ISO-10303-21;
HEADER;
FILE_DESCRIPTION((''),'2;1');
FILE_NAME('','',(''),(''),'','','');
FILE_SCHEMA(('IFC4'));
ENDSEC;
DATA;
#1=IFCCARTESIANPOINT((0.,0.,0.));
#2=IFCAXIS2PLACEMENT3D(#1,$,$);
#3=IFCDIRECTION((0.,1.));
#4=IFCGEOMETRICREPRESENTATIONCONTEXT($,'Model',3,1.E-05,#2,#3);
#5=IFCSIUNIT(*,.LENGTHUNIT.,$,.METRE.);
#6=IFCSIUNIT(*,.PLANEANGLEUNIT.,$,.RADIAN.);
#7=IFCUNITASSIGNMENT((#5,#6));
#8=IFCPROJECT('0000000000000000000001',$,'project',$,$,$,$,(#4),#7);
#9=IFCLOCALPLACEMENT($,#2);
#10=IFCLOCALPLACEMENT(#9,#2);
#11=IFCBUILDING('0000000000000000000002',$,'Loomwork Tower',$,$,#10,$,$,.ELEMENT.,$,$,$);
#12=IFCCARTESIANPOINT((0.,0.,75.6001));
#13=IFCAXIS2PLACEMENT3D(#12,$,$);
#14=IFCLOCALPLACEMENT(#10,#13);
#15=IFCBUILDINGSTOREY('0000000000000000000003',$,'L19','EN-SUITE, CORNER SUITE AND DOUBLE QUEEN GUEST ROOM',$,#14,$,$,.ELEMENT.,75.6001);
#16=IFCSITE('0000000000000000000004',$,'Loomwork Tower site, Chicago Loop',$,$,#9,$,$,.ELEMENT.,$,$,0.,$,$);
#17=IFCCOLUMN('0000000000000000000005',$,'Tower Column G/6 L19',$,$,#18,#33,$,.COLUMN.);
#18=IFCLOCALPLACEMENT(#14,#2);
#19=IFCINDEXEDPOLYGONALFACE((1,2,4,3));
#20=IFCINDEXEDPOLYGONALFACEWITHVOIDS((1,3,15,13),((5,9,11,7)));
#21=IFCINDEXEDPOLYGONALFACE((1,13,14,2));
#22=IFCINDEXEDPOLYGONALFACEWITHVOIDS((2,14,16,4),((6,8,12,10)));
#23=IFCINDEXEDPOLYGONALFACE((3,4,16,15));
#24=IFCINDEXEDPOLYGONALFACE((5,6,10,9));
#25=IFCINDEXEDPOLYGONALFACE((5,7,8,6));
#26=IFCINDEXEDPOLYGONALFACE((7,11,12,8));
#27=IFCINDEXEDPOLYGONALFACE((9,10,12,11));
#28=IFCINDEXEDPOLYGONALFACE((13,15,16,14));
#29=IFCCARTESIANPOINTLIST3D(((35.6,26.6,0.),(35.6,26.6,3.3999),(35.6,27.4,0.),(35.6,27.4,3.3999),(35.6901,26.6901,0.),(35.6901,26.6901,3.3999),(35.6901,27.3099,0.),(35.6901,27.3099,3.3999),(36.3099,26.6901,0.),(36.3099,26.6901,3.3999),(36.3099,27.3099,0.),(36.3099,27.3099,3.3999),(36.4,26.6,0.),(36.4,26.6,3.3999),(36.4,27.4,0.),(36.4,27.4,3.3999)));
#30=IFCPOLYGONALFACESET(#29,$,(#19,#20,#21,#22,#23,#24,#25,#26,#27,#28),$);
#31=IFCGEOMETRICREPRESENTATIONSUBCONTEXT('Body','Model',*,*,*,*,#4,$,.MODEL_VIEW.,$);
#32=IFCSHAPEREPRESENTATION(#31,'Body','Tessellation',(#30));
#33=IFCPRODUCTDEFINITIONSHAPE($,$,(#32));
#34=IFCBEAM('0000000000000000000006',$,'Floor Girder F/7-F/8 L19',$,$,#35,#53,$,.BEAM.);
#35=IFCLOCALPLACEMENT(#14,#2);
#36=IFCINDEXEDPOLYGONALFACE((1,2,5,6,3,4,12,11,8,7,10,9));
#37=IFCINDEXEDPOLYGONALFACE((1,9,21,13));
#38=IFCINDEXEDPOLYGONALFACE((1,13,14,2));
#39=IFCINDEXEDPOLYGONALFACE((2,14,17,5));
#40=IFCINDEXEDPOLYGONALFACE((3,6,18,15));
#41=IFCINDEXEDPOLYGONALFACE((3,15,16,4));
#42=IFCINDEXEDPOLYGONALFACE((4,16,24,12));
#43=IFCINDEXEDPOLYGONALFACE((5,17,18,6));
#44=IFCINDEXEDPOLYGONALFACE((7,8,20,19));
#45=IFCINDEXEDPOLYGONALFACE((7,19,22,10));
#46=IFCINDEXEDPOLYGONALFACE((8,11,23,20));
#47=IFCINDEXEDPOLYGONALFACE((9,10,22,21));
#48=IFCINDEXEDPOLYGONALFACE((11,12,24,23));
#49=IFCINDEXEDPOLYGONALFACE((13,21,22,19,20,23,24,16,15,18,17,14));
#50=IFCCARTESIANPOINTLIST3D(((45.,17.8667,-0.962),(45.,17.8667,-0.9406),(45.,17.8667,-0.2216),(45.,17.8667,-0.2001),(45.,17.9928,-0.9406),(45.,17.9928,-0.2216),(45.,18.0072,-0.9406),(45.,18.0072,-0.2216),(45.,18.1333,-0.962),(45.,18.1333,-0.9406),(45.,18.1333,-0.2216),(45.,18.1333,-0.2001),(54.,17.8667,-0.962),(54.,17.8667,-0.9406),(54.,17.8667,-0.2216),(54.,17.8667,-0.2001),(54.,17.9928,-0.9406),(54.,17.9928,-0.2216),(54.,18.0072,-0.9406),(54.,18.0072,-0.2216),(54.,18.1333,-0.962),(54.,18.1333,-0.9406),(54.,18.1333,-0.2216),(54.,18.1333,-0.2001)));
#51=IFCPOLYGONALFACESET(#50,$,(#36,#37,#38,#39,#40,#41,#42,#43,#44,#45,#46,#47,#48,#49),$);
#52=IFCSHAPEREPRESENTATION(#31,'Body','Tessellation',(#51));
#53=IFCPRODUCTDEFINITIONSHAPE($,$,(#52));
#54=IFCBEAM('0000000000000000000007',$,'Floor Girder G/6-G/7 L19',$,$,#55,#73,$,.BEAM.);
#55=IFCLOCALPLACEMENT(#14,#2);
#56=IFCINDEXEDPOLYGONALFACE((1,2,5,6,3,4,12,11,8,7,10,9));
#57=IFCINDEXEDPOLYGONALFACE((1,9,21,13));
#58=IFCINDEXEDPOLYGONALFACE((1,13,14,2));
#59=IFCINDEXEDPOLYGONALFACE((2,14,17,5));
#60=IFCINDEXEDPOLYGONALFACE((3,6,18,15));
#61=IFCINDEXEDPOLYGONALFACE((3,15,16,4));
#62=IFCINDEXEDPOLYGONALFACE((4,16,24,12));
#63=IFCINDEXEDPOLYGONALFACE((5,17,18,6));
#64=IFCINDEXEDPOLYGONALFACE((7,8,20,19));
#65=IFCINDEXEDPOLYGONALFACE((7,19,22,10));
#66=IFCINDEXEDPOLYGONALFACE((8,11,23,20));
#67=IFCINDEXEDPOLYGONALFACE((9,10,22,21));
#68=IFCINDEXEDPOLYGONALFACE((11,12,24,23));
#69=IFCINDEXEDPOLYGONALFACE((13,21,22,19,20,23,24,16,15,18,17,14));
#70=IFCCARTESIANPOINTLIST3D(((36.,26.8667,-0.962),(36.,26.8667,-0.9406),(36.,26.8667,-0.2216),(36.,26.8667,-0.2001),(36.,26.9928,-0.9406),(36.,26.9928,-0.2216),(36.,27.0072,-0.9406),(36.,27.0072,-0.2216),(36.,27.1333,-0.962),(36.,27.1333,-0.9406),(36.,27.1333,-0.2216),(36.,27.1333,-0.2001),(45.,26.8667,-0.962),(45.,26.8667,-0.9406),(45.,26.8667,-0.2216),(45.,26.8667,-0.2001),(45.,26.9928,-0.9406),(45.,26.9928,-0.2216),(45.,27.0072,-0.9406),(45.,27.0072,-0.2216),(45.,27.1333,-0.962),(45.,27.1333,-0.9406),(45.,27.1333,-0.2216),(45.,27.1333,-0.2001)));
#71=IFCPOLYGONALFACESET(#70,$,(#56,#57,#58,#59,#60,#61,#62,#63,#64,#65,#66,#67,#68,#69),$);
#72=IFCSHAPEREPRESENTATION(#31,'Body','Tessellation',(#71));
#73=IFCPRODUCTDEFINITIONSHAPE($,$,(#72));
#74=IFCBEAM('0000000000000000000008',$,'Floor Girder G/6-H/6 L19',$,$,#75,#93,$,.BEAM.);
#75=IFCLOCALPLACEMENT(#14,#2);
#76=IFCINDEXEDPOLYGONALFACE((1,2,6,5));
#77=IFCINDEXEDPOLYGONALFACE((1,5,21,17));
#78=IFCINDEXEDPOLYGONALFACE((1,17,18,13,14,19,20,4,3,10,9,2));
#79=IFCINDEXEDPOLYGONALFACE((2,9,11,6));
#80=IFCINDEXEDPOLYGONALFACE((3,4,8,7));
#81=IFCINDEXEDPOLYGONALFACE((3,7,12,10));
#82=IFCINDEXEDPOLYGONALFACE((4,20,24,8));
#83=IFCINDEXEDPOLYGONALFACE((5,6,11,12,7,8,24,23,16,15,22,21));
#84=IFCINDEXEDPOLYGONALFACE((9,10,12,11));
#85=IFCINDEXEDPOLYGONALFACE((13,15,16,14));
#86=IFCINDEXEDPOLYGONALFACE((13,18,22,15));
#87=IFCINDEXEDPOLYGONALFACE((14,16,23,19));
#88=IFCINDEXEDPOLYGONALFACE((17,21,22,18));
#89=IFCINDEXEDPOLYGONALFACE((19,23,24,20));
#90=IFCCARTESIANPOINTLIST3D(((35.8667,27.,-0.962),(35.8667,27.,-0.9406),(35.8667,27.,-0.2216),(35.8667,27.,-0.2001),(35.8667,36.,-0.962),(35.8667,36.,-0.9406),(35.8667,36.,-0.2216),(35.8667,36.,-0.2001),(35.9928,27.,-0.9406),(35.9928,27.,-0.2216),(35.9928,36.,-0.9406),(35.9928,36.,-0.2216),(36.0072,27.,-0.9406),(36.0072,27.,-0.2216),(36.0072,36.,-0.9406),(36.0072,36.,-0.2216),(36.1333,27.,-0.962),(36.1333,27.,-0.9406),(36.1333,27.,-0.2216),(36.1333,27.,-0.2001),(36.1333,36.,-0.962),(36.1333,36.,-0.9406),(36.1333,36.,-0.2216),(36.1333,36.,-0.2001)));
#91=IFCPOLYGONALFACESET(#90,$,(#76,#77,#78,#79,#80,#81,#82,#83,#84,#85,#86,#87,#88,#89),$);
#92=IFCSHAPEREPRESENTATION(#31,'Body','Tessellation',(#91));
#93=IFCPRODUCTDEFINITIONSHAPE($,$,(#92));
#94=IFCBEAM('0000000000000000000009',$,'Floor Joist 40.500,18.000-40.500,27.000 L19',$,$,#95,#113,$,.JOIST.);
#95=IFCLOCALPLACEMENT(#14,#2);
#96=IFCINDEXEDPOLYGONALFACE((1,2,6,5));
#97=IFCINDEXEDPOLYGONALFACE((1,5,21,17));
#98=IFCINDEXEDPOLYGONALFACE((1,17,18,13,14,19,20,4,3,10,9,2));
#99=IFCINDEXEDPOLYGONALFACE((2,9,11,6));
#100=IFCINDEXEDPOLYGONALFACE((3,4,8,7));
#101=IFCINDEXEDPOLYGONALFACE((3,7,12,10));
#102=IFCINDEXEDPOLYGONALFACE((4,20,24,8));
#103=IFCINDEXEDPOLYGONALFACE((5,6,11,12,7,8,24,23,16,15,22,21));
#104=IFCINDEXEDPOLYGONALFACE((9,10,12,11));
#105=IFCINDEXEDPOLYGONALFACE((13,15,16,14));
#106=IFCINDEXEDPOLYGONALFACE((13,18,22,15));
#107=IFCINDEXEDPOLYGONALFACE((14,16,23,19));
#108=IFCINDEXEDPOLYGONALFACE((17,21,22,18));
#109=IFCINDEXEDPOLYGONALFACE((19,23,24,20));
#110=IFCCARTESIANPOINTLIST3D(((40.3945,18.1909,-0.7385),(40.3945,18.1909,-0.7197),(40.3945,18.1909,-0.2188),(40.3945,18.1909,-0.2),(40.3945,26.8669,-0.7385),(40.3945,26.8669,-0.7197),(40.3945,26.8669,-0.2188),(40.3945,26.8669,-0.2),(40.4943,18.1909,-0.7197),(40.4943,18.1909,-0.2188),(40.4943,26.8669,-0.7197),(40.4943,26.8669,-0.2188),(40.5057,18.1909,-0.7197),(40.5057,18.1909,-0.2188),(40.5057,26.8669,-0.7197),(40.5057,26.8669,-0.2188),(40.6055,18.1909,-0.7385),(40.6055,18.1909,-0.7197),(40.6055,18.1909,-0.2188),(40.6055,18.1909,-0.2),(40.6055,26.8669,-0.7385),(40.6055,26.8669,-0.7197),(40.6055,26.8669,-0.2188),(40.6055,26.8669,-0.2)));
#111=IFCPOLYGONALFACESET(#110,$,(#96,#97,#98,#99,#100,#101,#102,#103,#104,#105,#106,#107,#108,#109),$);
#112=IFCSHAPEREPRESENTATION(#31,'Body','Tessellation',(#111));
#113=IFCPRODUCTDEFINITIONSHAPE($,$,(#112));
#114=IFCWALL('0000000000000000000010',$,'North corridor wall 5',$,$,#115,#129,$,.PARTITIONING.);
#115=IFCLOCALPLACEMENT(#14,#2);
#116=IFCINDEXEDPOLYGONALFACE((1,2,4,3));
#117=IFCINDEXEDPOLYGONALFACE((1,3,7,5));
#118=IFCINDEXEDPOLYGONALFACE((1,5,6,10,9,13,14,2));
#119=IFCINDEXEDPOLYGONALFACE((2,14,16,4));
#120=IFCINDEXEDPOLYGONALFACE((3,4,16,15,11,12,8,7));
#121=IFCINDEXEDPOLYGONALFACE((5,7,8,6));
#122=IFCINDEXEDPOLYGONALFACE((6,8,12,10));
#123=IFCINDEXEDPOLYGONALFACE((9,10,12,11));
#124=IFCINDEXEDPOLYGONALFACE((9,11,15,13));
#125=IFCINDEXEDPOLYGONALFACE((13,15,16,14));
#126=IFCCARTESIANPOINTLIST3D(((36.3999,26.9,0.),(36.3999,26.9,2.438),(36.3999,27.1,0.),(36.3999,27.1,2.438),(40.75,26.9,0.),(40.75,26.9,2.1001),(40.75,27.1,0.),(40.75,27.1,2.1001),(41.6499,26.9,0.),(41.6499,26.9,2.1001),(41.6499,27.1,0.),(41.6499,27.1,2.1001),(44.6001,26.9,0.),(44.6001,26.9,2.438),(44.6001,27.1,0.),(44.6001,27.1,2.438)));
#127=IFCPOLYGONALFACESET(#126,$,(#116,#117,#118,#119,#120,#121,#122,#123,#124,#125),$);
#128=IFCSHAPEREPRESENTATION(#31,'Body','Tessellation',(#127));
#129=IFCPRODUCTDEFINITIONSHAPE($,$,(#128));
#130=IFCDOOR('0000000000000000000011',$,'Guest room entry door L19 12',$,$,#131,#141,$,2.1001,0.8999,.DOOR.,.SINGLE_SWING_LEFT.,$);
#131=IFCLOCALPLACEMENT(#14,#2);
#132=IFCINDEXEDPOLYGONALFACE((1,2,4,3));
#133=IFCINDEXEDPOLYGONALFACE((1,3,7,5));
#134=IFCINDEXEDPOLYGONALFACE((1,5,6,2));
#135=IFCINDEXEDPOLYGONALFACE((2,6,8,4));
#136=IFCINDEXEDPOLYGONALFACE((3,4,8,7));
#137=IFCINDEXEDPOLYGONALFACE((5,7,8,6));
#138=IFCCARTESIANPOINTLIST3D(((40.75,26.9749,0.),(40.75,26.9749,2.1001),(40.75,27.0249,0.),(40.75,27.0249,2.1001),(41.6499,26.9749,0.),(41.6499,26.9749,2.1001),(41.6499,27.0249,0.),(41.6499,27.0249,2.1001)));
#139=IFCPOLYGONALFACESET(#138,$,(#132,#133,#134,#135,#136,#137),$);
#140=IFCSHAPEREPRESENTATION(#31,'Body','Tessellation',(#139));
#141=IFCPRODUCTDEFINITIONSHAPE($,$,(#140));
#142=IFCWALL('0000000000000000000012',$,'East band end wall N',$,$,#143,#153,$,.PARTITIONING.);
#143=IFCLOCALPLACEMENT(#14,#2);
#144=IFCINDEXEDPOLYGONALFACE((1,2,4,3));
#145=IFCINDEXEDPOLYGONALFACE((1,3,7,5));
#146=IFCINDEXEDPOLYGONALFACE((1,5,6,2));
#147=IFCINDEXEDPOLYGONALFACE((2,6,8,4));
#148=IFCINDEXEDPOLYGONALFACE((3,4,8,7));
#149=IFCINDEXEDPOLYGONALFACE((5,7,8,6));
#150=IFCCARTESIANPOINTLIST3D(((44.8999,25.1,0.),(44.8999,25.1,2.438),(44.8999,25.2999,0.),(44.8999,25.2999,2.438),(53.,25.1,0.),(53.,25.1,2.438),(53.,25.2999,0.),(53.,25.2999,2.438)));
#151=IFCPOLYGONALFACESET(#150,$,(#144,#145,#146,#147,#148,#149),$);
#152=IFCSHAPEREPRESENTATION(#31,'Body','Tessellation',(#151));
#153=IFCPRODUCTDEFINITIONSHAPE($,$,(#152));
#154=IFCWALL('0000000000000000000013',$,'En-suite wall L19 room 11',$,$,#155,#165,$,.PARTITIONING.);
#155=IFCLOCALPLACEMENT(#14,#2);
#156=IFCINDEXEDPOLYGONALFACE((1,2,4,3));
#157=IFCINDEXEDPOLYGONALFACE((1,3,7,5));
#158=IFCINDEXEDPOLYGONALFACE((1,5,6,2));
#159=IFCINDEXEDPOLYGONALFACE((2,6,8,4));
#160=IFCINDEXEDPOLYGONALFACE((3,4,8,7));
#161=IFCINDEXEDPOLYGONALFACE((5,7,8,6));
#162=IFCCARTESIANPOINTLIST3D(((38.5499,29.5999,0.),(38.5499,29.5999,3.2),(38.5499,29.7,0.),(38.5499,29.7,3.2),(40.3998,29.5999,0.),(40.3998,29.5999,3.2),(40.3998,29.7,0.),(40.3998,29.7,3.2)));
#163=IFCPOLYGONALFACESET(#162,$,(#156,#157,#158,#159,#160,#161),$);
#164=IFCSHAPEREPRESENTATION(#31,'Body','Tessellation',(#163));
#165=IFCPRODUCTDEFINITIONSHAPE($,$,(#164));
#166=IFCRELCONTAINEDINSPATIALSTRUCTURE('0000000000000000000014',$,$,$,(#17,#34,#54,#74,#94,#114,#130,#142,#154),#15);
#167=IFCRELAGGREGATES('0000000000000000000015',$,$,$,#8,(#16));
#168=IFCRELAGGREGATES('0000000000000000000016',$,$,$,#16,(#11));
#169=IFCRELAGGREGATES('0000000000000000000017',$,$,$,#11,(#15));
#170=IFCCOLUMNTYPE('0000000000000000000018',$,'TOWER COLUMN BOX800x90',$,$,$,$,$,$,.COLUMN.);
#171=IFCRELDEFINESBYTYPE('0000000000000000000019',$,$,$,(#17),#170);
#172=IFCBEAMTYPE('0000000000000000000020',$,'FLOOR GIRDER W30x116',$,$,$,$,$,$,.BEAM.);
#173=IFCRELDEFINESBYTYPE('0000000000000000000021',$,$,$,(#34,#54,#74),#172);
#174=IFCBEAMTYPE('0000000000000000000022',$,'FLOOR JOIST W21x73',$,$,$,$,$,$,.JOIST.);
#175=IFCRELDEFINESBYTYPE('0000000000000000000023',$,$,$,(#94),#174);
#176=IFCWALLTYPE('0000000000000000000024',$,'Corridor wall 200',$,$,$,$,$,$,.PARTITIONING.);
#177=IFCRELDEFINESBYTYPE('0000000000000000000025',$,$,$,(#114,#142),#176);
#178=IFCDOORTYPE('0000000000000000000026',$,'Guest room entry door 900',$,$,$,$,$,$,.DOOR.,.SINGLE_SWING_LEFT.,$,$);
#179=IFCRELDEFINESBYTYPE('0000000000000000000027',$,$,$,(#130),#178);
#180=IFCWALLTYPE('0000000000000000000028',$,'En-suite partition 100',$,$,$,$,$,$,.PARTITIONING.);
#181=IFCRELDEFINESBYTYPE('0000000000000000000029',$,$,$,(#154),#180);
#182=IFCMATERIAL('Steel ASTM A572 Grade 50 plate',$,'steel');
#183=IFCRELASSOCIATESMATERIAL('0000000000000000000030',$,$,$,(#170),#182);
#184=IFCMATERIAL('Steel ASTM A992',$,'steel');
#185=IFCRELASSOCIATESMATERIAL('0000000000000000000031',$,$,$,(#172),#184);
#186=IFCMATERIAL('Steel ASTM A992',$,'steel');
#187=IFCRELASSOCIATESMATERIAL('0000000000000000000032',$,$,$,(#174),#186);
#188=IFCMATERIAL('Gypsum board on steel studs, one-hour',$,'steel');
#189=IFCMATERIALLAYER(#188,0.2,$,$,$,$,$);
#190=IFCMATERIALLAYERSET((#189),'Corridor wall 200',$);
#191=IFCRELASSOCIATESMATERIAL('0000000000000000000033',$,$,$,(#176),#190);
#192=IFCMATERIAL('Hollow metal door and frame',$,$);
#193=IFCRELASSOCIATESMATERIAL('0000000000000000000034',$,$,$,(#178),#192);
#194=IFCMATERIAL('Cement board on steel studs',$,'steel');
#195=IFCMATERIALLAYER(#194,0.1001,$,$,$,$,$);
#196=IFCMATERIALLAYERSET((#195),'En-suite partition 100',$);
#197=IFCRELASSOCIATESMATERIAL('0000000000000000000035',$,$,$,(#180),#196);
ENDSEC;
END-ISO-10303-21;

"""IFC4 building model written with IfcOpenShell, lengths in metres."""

from ifc_helpers import new_model, si_unit, direction, frame, frame_2d, origin, origin_2d, place, context, subcontext, project, spatial, rectangle, hollow_rectangle, i_section, extrude, material, layer, layer_set, material_profile, profile_set, type_object, element, fill, save


model = new_model("IFC4")

# Units and contexts
model_context = context("Model", 3, precision=1e-05, world=origin(), true_north=direction((0.0, 1.0)))
body_context = subcontext(model_context, "Body", "Model", "MODEL_VIEW")
ifc_project = project(units=[si_unit("LENGTHUNIT", "METRE"), si_unit("PLANEANGLEUNIT", "RADIAN")], contexts=[model_context])

# Site, building, storey
site_placement = place(None, origin())
site = spatial("IfcSite", under=ifc_project, at=site_placement, Name="Loomwork Tower site, Chicago Loop", CompositionType="ELEMENT", RefElevation=0.0)
building_placement = place(site_placement, origin())
building = spatial("IfcBuilding", under=site, at=building_placement, Name="Loomwork Tower", CompositionType="ELEMENT")
storey_placement = place(building_placement, frame((0.0, 0.0, 75.6001)))
storey = spatial("IfcBuildingStorey", under=building, at=storey_placement, Name="L19", Description="EN-SUITE, CORNER SUITE AND DOUBLE QUEEN GUEST ROOM", CompositionType="ELEMENT", Elevation=75.6001)

# Column
ifc_material_1 = material(Name="Steel ASTM A572 Grade 50 plate", Category="steel")
ifc_material_profile_1 = material_profile(ifc_material_1, hollow_rectangle(XDim=0.8, YDim=0.8, WallThickness=0.0901, at=origin_2d()), Name="BOX800x90")
ifc_profile_set_1 = profile_set([ifc_material_profile_1], Name="Steel ASTM A572 Grade 50 plate")
column_type = type_object("IfcColumnType", Name="TOWER COLUMN BOX800x90", PredefinedType="COLUMN", material=ifc_profile_set_1)
column_placement = place(storey_placement, frame((36.0, 27.0, 0.0), z_axis=(0.0, 0.0, 1.0), x_axis=(1.0, 0.0, 0.0)))
element("IfcColumn", 1, at=column_placement, inside=storey, type_object=column_type, Name="Tower Column G/6 L19", PredefinedType="COLUMN", context=body_context, shape_type="SweptSolid", body=[
    extrude(hollow_rectangle(XDim=0.8, YDim=0.8, WallThickness=0.0901, at=origin_2d()), origin(), (0.0, 0.0, 1.0), 3.3999),
])

# Beams
ifc_material_2 = material(Name="Steel ASTM A992", Category="steel")
ifc_material_profile_2 = material_profile(ifc_material_2, i_section(OverallWidth=0.2666, OverallDepth=0.762, WebThickness=0.0144, FlangeThickness=0.0215, at=origin_2d()), Name="W30x116")
ifc_profile_set_2 = profile_set([ifc_material_profile_2], Name="Steel ASTM A992")
beam_type_1 = type_object("IfcBeamType", Name="FLOOR GIRDER W30x116", PredefinedType="BEAM", material=ifc_profile_set_2)
for number, where, z_axis, x_axis, name in (
    (2, (45.0, 18.0, -0.5811), (1.0, 0.0, 0.0), (0.0, 1.0, 0.0), "Floor Girder F/7-F/8 L19"),
    (3, (36.0, 27.0, -0.5811), (1.0, 0.0, 0.0), (0.0, 1.0, 0.0), "Floor Girder G/6-G/7 L19"),
    (4, (36.0, 27.0, -0.5811), (0.0, 1.0, 0.0), (-1.0, 0.0, 0.0), "Floor Girder G/6-H/6 L19"),
):
    element("IfcBeam", number, at=place(storey_placement, frame(where, z_axis=z_axis, x_axis=x_axis)), inside=storey, type_object=beam_type_1, Name=name, PredefinedType="BEAM", context=body_context, shape_type="SweptSolid", body=[
        extrude(i_section(OverallWidth=0.2666, OverallDepth=0.762, WebThickness=0.0144, FlangeThickness=0.0215, at=origin_2d()), origin(), (0.0, 0.0, 1.0), 9.0),
    ])
ifc_material_3 = material(Name="Steel ASTM A992", Category="steel")
ifc_material_profile_3 = material_profile(ifc_material_3, i_section(OverallWidth=0.2109, OverallDepth=0.5386, WebThickness=0.0115, FlangeThickness=0.0188, at=origin_2d()), Name="W21x73")
ifc_profile_set_3 = profile_set([ifc_material_profile_3], Name="Steel ASTM A992")
beam_type_2 = type_object("IfcBeamType", Name="FLOOR JOIST W21x73", PredefinedType="JOIST", material=ifc_profile_set_3)
beam_placement = place(storey_placement, frame((40.5, 18.1909, -0.4692), z_axis=(0.0, 1.0, 0.0), x_axis=(-1.0, 0.0, 0.0)))
element("IfcBeam", 5, at=beam_placement, inside=storey, type_object=beam_type_2, Name="Floor Joist 40.500,18.000-40.500,27.000 L19", PredefinedType="JOIST", context=body_context, shape_type="SweptSolid", body=[
    extrude(i_section(OverallWidth=0.2109, OverallDepth=0.5386, WebThickness=0.0115, FlangeThickness=0.0188, at=origin_2d()), origin(), (0.0, 0.0, 1.0), 8.676),
])

# Wall, opening, door
ifc_material_4 = material(Name="Gypsum board on steel studs, one-hour", Category="steel")
ifc_layer_1 = layer(ifc_material_4, 0.2)
ifc_layer_set_1 = layer_set([ifc_layer_1], Name="Corridor wall 200")
wall_type_1 = type_object("IfcWallType", Name="Corridor wall 200", PredefinedType="PARTITIONING", material=ifc_layer_set_1)
wall_1_placement = place(storey_placement, frame((36.3999, 27.0, 0.0), z_axis=(0.0, 0.0, 1.0), x_axis=(1.0, 0.0, 0.0)))
wall_1 = element("IfcWall", 6, at=wall_1_placement, inside=storey, type_object=wall_type_1, Name="North corridor wall 5", PredefinedType="PARTITIONING", context=body_context, shape_type="SweptSolid", body=[
    extrude(rectangle(XDim=8.2002, YDim=0.2, at=frame_2d((4.1001, 0.0))), origin(), (0.0, 0.0, 1.0), 2.438),
])
opening_1_placement = place(wall_1_placement, frame((4.3501, 0.0, 0.0)))
opening_1 = element("IfcOpeningElement", 7, at=opening_1_placement, cuts=wall_1, PredefinedType="OPENING", context=body_context, shape_type="SweptSolid", body=[
    extrude(rectangle(XDim=0.8999, YDim=2.1001, at=frame_2d((0.45, 1.05))), frame((0.0, 0.1099, 0.0), z_axis=(0.0, -1.0, 0.0), x_axis=(1.0, 0.0, 0.0)), (0.0, 0.0, 1.0), 0.22),
])
ifc_material_5 = material(Name="Hollow metal door and frame")
door_type_1 = type_object("IfcDoorType", Name="Guest room entry door 900", OperationType="SINGLE_SWING_LEFT", PredefinedType="DOOR", material=ifc_material_5)
door_1_placement = place(opening_1_placement, origin())
door_1 = element("IfcDoor", 8, at=door_1_placement, inside=storey, type_object=door_type_1, Name="Guest room entry door L19 12", OperationType="SINGLE_SWING_LEFT", OverallHeight=2.1001, OverallWidth=0.8999, PredefinedType="DOOR", context=body_context, shape_type="SweptSolid", body=[
    extrude(rectangle(XDim=0.8999, YDim=2.1001, at=frame_2d((0.45, 1.05))), frame((0.0, 0.0249, 0.0), z_axis=(0.0, -1.0, 0.0), x_axis=(1.0, 0.0, 0.0)), (0.0, 0.0, 1.0), 0.05),
])
fill(opening_1, door_1)

# Walls
wall_2_placement = place(storey_placement, frame((44.8999, 25.2, 0.0), z_axis=(0.0, 0.0, 1.0), x_axis=(1.0, 0.0, 0.0)))
element("IfcWall", 9, at=wall_2_placement, inside=storey, type_object=wall_type_1, Name="East band end wall N", PredefinedType="PARTITIONING", context=body_context, shape_type="SweptSolid", body=[
    extrude(rectangle(XDim=8.1001, YDim=0.2, at=frame_2d((4.05, 0.0))), origin(), (0.0, 0.0, 1.0), 2.438),
])
ifc_material_6 = material(Name="Cement board on steel studs", Category="steel")
ifc_layer_2 = layer(ifc_material_6, 0.1001)
ifc_layer_set_2 = layer_set([ifc_layer_2], Name="En-suite partition 100")
wall_type_2 = type_object("IfcWallType", Name="En-suite partition 100", PredefinedType="PARTITIONING", material=ifc_layer_set_2)
wall_3_placement = place(storey_placement, frame((38.55, 29.6499, 0.0), z_axis=(0.0, 0.0, 1.0), x_axis=(1.0, 0.0, 0.0)))
element("IfcWall", 10, at=wall_3_placement, inside=storey, type_object=wall_type_2, Name="En-suite wall L19 room 11", PredefinedType="PARTITIONING", context=body_context, shape_type="SweptSolid", body=[
    extrude(rectangle(XDim=1.8499, YDim=0.1001, at=frame_2d((0.9248, 0.0))), origin(), (0.0, 0.0, 1.0), 3.2),
])

save(model, "model.ifc")
